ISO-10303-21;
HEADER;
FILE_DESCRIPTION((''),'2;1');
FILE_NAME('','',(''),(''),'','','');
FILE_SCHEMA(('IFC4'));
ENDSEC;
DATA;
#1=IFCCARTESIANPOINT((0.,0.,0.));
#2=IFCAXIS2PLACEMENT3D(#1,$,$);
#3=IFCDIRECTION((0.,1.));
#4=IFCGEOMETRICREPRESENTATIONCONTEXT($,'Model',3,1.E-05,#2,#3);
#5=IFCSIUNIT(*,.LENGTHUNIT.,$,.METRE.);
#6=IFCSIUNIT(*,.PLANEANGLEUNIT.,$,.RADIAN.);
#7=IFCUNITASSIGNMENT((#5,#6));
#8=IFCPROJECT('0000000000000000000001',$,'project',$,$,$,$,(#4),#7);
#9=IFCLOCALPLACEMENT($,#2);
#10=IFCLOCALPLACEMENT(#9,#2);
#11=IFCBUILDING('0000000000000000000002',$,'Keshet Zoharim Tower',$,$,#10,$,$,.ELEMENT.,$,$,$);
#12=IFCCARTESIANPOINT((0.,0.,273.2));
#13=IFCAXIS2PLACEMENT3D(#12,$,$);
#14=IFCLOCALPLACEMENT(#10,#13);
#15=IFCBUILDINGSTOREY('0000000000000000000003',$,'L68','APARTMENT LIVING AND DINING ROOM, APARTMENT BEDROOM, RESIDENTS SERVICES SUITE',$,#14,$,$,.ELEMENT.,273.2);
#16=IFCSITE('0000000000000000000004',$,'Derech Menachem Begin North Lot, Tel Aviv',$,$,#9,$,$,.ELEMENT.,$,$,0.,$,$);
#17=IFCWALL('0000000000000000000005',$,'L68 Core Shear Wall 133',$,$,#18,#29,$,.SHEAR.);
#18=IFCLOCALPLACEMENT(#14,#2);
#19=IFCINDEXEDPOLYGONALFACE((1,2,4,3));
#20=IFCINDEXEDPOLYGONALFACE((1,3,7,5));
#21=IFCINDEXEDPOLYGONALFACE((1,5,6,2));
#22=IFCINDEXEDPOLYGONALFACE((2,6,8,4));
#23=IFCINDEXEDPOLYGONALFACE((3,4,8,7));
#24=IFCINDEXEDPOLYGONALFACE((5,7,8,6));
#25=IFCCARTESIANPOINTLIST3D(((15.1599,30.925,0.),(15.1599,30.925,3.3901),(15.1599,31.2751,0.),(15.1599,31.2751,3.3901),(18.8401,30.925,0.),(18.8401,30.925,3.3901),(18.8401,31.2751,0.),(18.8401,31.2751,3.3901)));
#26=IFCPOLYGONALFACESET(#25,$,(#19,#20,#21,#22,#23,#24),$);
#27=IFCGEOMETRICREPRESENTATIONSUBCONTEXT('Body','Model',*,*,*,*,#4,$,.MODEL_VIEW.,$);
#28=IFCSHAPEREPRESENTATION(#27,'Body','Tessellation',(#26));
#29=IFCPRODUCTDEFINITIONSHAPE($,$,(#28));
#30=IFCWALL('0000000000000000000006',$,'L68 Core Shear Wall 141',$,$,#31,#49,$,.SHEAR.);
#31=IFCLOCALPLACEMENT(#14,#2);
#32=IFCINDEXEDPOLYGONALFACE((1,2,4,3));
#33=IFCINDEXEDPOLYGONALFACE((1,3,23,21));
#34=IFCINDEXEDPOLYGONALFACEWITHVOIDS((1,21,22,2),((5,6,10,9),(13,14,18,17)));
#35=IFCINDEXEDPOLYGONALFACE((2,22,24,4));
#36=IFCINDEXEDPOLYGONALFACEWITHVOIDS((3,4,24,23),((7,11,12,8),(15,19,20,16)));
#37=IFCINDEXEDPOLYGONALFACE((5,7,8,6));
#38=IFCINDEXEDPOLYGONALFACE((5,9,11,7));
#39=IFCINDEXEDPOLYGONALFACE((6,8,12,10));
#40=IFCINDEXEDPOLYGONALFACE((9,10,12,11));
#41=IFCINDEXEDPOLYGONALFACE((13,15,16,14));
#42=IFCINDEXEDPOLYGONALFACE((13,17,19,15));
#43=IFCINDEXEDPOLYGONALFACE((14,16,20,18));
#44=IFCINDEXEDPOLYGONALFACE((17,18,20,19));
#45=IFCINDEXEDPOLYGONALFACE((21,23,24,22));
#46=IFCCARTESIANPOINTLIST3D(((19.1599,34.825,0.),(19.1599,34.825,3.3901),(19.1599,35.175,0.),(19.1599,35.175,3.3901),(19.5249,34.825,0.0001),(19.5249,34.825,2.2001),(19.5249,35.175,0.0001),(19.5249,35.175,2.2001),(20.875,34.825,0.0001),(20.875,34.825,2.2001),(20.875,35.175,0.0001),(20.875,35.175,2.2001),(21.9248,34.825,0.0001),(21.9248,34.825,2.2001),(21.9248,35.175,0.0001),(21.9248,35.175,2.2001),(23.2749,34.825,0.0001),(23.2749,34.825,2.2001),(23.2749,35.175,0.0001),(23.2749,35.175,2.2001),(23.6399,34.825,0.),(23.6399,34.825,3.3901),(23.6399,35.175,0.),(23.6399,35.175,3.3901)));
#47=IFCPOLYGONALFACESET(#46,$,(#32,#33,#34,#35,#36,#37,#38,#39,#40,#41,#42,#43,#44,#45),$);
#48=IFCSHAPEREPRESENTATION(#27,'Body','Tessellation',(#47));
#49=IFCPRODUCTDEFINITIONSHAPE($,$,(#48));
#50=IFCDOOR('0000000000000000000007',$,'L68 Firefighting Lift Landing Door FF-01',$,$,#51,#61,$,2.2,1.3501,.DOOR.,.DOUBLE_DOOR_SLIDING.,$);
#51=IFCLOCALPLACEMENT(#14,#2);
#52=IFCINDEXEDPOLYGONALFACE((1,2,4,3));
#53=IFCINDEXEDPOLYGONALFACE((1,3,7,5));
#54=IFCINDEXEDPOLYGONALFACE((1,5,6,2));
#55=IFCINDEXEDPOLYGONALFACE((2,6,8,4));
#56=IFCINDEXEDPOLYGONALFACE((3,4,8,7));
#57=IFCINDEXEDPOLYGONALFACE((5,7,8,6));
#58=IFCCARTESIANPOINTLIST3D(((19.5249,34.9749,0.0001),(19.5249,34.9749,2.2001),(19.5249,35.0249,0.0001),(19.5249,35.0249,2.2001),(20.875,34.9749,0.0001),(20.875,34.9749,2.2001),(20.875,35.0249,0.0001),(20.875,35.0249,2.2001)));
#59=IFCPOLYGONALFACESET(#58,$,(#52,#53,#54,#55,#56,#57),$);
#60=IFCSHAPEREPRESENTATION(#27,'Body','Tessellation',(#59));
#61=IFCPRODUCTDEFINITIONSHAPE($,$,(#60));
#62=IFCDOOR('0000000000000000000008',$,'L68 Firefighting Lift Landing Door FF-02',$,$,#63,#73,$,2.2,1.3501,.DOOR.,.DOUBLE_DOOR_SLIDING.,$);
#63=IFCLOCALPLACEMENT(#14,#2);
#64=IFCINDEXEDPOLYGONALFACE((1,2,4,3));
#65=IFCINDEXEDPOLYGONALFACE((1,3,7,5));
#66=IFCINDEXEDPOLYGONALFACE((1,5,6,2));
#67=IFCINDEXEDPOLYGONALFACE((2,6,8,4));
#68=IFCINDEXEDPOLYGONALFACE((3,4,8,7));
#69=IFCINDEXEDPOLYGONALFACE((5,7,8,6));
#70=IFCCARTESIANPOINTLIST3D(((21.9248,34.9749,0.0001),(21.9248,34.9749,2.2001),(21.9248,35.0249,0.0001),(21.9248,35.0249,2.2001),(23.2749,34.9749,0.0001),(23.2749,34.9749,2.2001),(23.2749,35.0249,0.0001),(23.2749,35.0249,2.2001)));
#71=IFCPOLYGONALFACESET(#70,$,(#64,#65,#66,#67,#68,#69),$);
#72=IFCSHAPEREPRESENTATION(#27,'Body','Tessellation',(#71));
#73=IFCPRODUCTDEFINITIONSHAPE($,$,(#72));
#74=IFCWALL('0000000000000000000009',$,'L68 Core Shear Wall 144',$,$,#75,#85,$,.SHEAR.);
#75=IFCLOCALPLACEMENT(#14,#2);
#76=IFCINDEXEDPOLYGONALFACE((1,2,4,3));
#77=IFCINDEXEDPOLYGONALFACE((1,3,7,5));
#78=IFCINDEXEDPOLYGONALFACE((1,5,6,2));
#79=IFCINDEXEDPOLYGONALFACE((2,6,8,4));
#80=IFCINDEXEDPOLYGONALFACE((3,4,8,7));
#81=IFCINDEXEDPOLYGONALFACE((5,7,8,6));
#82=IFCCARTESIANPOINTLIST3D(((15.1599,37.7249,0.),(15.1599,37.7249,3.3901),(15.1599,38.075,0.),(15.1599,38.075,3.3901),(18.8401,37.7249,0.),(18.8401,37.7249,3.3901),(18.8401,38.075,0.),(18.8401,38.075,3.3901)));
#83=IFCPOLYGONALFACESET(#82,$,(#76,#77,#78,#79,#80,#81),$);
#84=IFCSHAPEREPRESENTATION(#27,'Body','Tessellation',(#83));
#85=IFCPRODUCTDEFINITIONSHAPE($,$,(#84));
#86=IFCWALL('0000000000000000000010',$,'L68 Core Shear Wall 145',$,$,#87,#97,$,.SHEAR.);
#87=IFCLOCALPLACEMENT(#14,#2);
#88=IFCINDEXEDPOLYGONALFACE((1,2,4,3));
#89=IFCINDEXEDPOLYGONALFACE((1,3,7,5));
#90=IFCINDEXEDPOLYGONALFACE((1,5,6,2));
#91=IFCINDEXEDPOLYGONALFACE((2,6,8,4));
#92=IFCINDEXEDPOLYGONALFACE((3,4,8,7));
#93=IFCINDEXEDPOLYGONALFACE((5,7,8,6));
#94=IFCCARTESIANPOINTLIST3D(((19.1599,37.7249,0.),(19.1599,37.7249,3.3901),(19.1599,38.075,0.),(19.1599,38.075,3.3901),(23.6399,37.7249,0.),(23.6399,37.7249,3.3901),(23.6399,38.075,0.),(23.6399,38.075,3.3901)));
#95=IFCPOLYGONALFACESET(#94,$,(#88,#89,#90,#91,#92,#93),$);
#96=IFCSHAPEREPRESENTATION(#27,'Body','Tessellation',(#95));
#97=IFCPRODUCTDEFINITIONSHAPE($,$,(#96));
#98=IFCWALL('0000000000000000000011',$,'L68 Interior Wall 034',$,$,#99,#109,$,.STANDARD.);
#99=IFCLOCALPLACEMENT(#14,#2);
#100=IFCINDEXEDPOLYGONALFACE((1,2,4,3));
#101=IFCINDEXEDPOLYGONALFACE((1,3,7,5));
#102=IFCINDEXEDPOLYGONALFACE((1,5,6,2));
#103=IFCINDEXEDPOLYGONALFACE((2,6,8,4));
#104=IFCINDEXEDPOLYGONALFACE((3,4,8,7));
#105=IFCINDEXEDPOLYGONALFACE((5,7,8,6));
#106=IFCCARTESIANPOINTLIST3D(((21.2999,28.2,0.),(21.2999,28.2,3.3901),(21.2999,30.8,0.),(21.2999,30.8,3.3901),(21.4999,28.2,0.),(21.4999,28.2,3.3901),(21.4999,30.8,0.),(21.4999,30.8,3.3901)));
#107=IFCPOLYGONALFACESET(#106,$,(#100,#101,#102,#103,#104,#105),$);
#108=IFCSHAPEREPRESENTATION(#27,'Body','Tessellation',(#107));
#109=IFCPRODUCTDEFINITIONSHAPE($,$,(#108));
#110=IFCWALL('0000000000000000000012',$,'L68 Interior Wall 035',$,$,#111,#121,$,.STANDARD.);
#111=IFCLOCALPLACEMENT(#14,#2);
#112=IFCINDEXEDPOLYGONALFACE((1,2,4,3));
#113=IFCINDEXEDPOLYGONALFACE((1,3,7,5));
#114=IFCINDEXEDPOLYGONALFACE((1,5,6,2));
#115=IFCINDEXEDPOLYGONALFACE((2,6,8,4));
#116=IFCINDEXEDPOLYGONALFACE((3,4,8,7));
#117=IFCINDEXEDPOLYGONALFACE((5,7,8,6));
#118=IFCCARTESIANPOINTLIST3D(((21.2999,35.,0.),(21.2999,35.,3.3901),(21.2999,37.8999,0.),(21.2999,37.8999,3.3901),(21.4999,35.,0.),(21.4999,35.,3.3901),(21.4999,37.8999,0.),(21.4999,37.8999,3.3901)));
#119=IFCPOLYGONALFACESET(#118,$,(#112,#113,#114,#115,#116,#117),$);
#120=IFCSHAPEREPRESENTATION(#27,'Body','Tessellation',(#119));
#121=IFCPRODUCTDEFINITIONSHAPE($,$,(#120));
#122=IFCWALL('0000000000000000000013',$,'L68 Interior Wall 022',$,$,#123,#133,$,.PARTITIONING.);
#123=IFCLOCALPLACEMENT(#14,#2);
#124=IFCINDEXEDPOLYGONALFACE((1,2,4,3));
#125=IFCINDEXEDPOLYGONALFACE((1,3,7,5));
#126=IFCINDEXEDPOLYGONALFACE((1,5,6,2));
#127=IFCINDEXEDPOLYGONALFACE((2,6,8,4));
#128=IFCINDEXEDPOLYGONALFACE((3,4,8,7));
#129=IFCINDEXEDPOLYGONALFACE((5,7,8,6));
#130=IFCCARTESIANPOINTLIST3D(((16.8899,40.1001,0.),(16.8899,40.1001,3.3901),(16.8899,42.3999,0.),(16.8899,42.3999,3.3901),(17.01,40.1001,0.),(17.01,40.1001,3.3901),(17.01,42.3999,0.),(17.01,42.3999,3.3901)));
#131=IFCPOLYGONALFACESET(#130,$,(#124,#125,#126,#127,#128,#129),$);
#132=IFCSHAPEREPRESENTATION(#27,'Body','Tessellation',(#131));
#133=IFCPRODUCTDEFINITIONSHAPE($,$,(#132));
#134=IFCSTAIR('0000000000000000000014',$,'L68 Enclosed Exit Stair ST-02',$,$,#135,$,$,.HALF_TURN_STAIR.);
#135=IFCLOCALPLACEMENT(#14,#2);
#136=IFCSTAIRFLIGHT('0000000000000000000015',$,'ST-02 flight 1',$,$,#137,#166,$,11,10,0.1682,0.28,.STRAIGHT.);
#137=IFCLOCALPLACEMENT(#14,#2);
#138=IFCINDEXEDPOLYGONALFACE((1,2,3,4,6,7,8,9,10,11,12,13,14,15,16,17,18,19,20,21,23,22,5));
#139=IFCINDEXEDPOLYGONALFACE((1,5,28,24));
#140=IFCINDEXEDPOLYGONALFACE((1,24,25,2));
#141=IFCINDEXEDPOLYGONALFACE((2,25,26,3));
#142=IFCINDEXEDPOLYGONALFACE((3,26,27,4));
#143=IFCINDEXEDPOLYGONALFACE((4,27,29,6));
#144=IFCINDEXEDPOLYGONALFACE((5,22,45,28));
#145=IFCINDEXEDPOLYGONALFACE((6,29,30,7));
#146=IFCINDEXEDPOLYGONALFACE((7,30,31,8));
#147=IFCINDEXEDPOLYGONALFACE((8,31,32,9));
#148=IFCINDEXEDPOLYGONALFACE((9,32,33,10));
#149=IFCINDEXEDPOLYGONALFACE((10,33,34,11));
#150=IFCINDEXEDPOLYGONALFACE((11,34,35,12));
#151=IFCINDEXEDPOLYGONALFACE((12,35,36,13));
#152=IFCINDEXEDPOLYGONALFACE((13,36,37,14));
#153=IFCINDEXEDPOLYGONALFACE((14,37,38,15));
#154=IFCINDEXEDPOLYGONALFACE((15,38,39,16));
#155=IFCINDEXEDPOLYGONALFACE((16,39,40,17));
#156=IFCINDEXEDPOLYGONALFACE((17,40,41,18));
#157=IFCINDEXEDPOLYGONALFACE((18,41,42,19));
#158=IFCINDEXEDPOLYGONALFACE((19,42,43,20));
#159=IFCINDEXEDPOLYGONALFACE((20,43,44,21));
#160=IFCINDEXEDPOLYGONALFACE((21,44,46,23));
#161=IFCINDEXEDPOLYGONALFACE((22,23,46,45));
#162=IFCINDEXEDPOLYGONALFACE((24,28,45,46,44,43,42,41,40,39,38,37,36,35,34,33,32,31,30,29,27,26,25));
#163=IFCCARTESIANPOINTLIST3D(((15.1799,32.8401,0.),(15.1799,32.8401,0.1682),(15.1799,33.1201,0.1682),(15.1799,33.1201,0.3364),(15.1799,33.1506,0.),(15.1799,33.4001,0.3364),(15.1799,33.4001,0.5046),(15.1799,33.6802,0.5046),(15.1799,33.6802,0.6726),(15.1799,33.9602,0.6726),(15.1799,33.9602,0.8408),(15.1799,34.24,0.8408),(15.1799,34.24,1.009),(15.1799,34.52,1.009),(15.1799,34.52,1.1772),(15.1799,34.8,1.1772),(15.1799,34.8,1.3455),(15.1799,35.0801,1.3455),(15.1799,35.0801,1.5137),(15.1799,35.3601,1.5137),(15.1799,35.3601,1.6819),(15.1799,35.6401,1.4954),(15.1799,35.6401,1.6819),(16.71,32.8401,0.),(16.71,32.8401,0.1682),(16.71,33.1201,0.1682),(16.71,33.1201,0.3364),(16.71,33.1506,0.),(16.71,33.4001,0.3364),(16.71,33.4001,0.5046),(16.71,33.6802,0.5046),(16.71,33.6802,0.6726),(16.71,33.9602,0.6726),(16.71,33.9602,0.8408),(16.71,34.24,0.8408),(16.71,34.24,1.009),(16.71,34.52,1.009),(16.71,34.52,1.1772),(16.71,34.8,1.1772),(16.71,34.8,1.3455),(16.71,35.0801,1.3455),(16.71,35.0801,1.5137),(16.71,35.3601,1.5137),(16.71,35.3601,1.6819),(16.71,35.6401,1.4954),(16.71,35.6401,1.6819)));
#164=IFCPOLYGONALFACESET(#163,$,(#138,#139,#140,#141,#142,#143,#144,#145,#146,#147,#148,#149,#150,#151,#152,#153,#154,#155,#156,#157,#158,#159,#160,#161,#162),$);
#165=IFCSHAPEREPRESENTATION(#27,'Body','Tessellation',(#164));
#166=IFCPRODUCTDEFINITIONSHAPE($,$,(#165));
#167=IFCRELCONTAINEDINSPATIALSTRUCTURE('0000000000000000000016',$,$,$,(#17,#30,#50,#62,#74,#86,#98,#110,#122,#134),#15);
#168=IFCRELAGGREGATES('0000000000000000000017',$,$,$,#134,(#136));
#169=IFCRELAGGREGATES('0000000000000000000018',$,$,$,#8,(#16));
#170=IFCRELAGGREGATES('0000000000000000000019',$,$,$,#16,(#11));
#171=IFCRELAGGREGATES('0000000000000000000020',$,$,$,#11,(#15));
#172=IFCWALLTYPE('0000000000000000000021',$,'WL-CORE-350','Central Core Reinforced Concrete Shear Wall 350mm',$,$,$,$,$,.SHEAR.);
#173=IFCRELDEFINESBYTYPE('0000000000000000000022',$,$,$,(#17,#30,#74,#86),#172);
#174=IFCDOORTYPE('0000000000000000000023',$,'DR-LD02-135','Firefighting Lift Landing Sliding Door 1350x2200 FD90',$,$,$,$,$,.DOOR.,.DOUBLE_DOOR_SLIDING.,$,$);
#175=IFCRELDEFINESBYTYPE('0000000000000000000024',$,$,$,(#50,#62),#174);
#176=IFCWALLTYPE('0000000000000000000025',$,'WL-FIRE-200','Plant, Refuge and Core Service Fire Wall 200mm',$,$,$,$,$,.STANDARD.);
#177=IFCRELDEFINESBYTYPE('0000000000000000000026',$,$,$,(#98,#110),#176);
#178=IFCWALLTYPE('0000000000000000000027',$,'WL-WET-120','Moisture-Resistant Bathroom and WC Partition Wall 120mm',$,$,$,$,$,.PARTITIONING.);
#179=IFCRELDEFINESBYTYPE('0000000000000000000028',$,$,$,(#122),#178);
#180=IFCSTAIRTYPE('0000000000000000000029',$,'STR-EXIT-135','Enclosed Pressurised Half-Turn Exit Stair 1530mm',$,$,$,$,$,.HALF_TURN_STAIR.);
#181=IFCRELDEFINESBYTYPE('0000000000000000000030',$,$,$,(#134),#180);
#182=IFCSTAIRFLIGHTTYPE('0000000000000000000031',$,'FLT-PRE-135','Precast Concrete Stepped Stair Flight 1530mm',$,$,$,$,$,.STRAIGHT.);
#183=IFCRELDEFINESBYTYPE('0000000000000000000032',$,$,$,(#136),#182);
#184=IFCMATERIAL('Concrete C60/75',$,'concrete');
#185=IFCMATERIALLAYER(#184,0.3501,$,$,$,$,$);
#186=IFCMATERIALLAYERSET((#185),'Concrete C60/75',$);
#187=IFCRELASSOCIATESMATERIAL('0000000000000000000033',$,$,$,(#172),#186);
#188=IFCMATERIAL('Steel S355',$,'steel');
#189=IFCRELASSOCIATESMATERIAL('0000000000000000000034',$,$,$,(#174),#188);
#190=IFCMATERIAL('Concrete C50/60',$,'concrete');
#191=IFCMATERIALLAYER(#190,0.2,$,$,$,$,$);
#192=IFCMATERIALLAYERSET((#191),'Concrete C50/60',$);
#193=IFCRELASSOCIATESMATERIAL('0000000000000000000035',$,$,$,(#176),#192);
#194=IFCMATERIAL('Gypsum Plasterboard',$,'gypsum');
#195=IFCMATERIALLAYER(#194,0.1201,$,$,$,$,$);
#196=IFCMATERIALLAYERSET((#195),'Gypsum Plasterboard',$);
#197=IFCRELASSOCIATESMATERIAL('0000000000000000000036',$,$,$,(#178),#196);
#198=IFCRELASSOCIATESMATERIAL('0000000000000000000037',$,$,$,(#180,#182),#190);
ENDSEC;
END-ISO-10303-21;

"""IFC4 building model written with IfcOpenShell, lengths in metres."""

from ifc_helpers import new_model, si_unit, direction, frame, frame_2d, origin, place, context, subcontext, project, spatial, polyline, rectangle, outline, extrude, material, layer, layer_set, type_object, element, fill, aggregate, save


model = new_model("IFC4")

# Units and contexts
model_context = context("Model", 3, precision=1e-05, world=origin(), true_north=direction((0.0, 1.0)))
body_context = subcontext(model_context, "Body", "Model", "MODEL_VIEW")
ifc_project = project(units=[si_unit("LENGTHUNIT", "METRE"), si_unit("PLANEANGLEUNIT", "RADIAN")], contexts=[model_context])

# Site, building, storey
site_placement = place(None, origin())
site = spatial("IfcSite", under=ifc_project, at=site_placement, Name="Derech Menachem Begin North Lot, Tel Aviv", CompositionType="ELEMENT", RefElevation=0.0)
building_placement = place(site_placement, origin())
building = spatial("IfcBuilding", under=site, at=building_placement, Name="Keshet Zoharim Tower", CompositionType="ELEMENT")
storey_placement = place(building_placement, frame((0.0, 0.0, 273.2)))
storey = spatial("IfcBuildingStorey", under=building, at=storey_placement, Name="L68", Description="APARTMENT LIVING AND DINING ROOM, APARTMENT BEDROOM, RESIDENTS SERVICES SUITE", CompositionType="ELEMENT", Elevation=273.2)

# Shared definitions
ifc_material_1 = material(Name="Steel S355", Category="steel")

# Shared definitions
ifc_material_2 = material(Name="Concrete C60/75", Category="concrete")
ifc_layer_1 = layer(ifc_material_2, 0.3501)
ifc_layer_set_1 = layer_set([ifc_layer_1], Name="Concrete C60/75")
wall_type_1 = type_object("IfcWallType", Name="WL-CORE-350", Description="Central Core Reinforced Concrete Shear Wall 350mm", PredefinedType="SHEAR", material=ifc_layer_set_1)

# Wall
wall_1_placement = place(storey_placement, frame((15.1599, 31.1001, 0.0), z_axis=(0.0, 0.0, 1.0), x_axis=(1.0, 0.0, 0.0)))
element("IfcWall", 1, at=wall_1_placement, inside=storey, type_object=wall_type_1, Name="L68 Core Shear Wall 133", PredefinedType="SHEAR", context=body_context, shape_type="SweptSolid", body=[
    extrude(rectangle(XDim=3.6802, YDim=0.3501, at=frame_2d((1.8401, 0.0))), origin(), (0.0, 0.0, 1.0), 3.3901),
])

# Wall, openings, doors
wall_2_placement = place(storey_placement, frame((19.1599, 35.0, 0.0), z_axis=(0.0, 0.0, 1.0), x_axis=(1.0, 0.0, 0.0)))
wall_2 = element("IfcWall", 2, at=wall_2_placement, inside=storey, type_object=wall_type_1, Name="L68 Core Shear Wall 141", PredefinedType="SHEAR", context=body_context, shape_type="SweptSolid", body=[
    extrude(rectangle(XDim=4.48, YDim=0.3501, at=frame_2d((2.24, 0.0))), origin(), (0.0, 0.0, 1.0), 3.3901),
])
opening_1_placement = place(wall_2_placement, frame((0.365, 0.0, 0.0)))
opening_1 = element("IfcOpeningElement", 3, at=opening_1_placement, cuts=wall_2, PredefinedType="OPENING", context=body_context, shape_type="SweptSolid", body=[
    extrude(rectangle(XDim=1.3501, YDim=2.2, at=frame_2d((0.675, 1.1001))), frame((0.0, 0.1851, 0.0), z_axis=(0.0, -1.0, 0.0), x_axis=(1.0, 0.0, 0.0)), (0.0, 0.0, 1.0), 0.3701),
])
opening_2_placement = place(wall_2_placement, frame((2.7649, 0.0, 0.0)))
opening_2 = element("IfcOpeningElement", 4, at=opening_2_placement, cuts=wall_2, PredefinedType="OPENING", context=body_context, shape_type="SweptSolid", body=[
    extrude(rectangle(XDim=1.3501, YDim=2.2, at=frame_2d((0.675, 1.1001))), frame((0.0, 0.1851, 0.0), z_axis=(0.0, -1.0, 0.0), x_axis=(1.0, 0.0, 0.0)), (0.0, 0.0, 1.0), 0.3701),
])
door_type_1 = type_object("IfcDoorType", Name="DR-LD02-135", Description="Firefighting Lift Landing Sliding Door 1350x2200 FD90", OperationType="DOUBLE_DOOR_SLIDING", PredefinedType="DOOR", material=ifc_material_1)
door_1_placement = place(opening_1_placement, origin())
door_1 = element("IfcDoor", 5, at=door_1_placement, inside=storey, type_object=door_type_1, Name="L68 Firefighting Lift Landing Door FF-01", OperationType="DOUBLE_DOOR_SLIDING", OverallHeight=2.2, OverallWidth=1.3501, PredefinedType="DOOR", context=body_context, shape_type="SweptSolid", body=[
    extrude(rectangle(XDim=1.3501, YDim=2.2, at=frame_2d((0.675, 1.1001))), frame((0.0, 0.0249, 0.0), z_axis=(0.0, -1.0, 0.0), x_axis=(1.0, 0.0, 0.0)), (0.0, 0.0, 1.0), 0.05),
])
fill(opening_1, door_1)
door_2_placement = place(opening_2_placement, origin())
door_2 = element("IfcDoor", 6, at=door_2_placement, inside=storey, type_object=door_type_1, Name="L68 Firefighting Lift Landing Door FF-02", OperationType="DOUBLE_DOOR_SLIDING", OverallHeight=2.2, OverallWidth=1.3501, PredefinedType="DOOR", context=body_context, shape_type="SweptSolid", body=[
    extrude(rectangle(XDim=1.3501, YDim=2.2, at=frame_2d((0.675, 1.1001))), frame((0.0, 0.0249, 0.0), z_axis=(0.0, -1.0, 0.0), x_axis=(1.0, 0.0, 0.0)), (0.0, 0.0, 1.0), 0.05),
])
fill(opening_2, door_2)

# Walls
wall_3_placement = place(storey_placement, frame((15.1599, 37.8999, 0.0), z_axis=(0.0, 0.0, 1.0), x_axis=(1.0, 0.0, 0.0)))
element("IfcWall", 7, at=wall_3_placement, inside=storey, type_object=wall_type_1, Name="L68 Core Shear Wall 144", PredefinedType="SHEAR", context=body_context, shape_type="SweptSolid", body=[
    extrude(rectangle(XDim=3.6802, YDim=0.3501, at=frame_2d((1.8401, 0.0))), origin(), (0.0, 0.0, 1.0), 3.3901),
])
wall_4_placement = place(storey_placement, frame((19.1599, 37.8999, 0.0), z_axis=(0.0, 0.0, 1.0), x_axis=(1.0, 0.0, 0.0)))
element("IfcWall", 8, at=wall_4_placement, inside=storey, type_object=wall_type_1, Name="L68 Core Shear Wall 145", PredefinedType="SHEAR", context=body_context, shape_type="SweptSolid", body=[
    extrude(rectangle(XDim=4.48, YDim=0.3501, at=frame_2d((2.24, 0.0))), origin(), (0.0, 0.0, 1.0), 3.3901),
])
ifc_material_3 = material(Name="Concrete C50/60", Category="concrete")
ifc_layer_2 = layer(ifc_material_3, 0.2)
ifc_layer_set_2 = layer_set([ifc_layer_2], Name="Concrete C50/60")
wall_type_2 = type_object("IfcWallType", Name="WL-FIRE-200", Description="Plant, Refuge and Core Service Fire Wall 200mm", PredefinedType="STANDARD", material=ifc_layer_set_2)
wall_5_placement = place(storey_placement, frame((21.3999, 28.2, 0.0), z_axis=(0.0, 0.0, 1.0), x_axis=(0.0, 1.0, 0.0)))
element("IfcWall", 9, at=wall_5_placement, inside=storey, type_object=wall_type_2, Name="L68 Interior Wall 034", PredefinedType="STANDARD", context=body_context, shape_type="SweptSolid", body=[
    extrude(rectangle(XDim=2.6001, YDim=0.2, at=frame_2d((1.3, 0.0))), origin(), (0.0, 0.0, 1.0), 3.3901),
])
wall_6_placement = place(storey_placement, frame((21.3999, 35.0, 0.0), z_axis=(0.0, 0.0, 1.0), x_axis=(0.0, 1.0, 0.0)))
element("IfcWall", 10, at=wall_6_placement, inside=storey, type_object=wall_type_2, Name="L68 Interior Wall 035", PredefinedType="STANDARD", context=body_context, shape_type="SweptSolid", body=[
    extrude(rectangle(XDim=2.8999, YDim=0.2, at=frame_2d((1.45, 0.0))), origin(), (0.0, 0.0, 1.0), 3.3901),
])
ifc_material_4 = material(Name="Gypsum Plasterboard", Category="gypsum")
ifc_layer_3 = layer(ifc_material_4, 0.1201)
ifc_layer_set_3 = layer_set([ifc_layer_3], Name="Gypsum Plasterboard")
wall_type_3 = type_object("IfcWallType", Name="WL-WET-120", Description="Moisture-Resistant Bathroom and WC Partition Wall 120mm", PredefinedType="PARTITIONING", material=ifc_layer_set_3)
wall_7_placement = place(storey_placement, frame((16.95, 40.1001, 0.0), z_axis=(0.0, 0.0, 1.0), x_axis=(0.0, 1.0, 0.0)))
element("IfcWall", 11, at=wall_7_placement, inside=storey, type_object=wall_type_3, Name="L68 Interior Wall 022", PredefinedType="PARTITIONING", context=body_context, shape_type="SweptSolid", body=[
    extrude(rectangle(XDim=2.2998, YDim=0.1201, at=frame_2d((1.1499, 0.0))), origin(), (0.0, 0.0, 1.0), 3.3901),
])

# Stair, stair flight
stair_type = type_object("IfcStairType", Name="STR-EXIT-135", Description="Enclosed Pressurised Half-Turn Exit Stair 1530mm", PredefinedType="HALF_TURN_STAIR", material=ifc_material_3)
stair_placement = place(storey_placement, origin())
stair = element("IfcStair", 12, at=stair_placement, inside=storey, type_object=stair_type, Name="L68 Enclosed Exit Stair ST-02", PredefinedType="HALF_TURN_STAIR")
stair_flight_type = type_object("IfcStairFlightType", Name="FLT-PRE-135", Description="Precast Concrete Stepped Stair Flight 1530mm", PredefinedType="STRAIGHT", material=ifc_material_3)
stair_flight_1_placement = place(storey_placement, frame((15.9451, 32.8401, 0.0), z_axis=(0.0, 0.0, 1.0), x_axis=(0.0, 1.0, 0.0)))
stair_flight_1 = element("IfcStairFlight", 13, at=stair_flight_1_placement, type_object=stair_flight_type, Name="ST-02 flight 1", NumberOfRisers=11, NumberOfTreads=10, PredefinedType="STRAIGHT", RiserHeight=0.1682, TreadLength=0.28, context=body_context, shape_type="SweptSolid", body=[
    extrude(outline(polyline([(0.0, 0.0), (0.0, 0.1682), (0.28, 0.1682), (0.28, 0.3364), (0.5601, 0.3364), (0.5601, 0.5046), (0.8401, 0.5046), (0.8401, 0.6726), (1.1201, 0.6726), (1.1201, 0.8408), (1.3999, 0.8408), (1.3999, 1.009), (1.6799, 1.009), (1.6799, 1.1772), (1.96, 1.1772), (1.96, 1.3455), (2.24, 1.3455), (2.24, 1.5137), (2.52, 1.5137), (2.52, 1.6819), (2.8, 1.6819), (2.8, 1.8501), (2.8, 1.4954), (0.3105, 0.0), (0.0, 0.0)])), frame((0.0, 0.7651, 0.0), z_axis=(0.0, -1.0, 0.0), x_axis=(1.0, 0.0, 0.0)), (0.0, 0.0, 1.0), 1.53),
])
aggregate(stair, [stair_flight_1])

save(model, "model.ifc")
